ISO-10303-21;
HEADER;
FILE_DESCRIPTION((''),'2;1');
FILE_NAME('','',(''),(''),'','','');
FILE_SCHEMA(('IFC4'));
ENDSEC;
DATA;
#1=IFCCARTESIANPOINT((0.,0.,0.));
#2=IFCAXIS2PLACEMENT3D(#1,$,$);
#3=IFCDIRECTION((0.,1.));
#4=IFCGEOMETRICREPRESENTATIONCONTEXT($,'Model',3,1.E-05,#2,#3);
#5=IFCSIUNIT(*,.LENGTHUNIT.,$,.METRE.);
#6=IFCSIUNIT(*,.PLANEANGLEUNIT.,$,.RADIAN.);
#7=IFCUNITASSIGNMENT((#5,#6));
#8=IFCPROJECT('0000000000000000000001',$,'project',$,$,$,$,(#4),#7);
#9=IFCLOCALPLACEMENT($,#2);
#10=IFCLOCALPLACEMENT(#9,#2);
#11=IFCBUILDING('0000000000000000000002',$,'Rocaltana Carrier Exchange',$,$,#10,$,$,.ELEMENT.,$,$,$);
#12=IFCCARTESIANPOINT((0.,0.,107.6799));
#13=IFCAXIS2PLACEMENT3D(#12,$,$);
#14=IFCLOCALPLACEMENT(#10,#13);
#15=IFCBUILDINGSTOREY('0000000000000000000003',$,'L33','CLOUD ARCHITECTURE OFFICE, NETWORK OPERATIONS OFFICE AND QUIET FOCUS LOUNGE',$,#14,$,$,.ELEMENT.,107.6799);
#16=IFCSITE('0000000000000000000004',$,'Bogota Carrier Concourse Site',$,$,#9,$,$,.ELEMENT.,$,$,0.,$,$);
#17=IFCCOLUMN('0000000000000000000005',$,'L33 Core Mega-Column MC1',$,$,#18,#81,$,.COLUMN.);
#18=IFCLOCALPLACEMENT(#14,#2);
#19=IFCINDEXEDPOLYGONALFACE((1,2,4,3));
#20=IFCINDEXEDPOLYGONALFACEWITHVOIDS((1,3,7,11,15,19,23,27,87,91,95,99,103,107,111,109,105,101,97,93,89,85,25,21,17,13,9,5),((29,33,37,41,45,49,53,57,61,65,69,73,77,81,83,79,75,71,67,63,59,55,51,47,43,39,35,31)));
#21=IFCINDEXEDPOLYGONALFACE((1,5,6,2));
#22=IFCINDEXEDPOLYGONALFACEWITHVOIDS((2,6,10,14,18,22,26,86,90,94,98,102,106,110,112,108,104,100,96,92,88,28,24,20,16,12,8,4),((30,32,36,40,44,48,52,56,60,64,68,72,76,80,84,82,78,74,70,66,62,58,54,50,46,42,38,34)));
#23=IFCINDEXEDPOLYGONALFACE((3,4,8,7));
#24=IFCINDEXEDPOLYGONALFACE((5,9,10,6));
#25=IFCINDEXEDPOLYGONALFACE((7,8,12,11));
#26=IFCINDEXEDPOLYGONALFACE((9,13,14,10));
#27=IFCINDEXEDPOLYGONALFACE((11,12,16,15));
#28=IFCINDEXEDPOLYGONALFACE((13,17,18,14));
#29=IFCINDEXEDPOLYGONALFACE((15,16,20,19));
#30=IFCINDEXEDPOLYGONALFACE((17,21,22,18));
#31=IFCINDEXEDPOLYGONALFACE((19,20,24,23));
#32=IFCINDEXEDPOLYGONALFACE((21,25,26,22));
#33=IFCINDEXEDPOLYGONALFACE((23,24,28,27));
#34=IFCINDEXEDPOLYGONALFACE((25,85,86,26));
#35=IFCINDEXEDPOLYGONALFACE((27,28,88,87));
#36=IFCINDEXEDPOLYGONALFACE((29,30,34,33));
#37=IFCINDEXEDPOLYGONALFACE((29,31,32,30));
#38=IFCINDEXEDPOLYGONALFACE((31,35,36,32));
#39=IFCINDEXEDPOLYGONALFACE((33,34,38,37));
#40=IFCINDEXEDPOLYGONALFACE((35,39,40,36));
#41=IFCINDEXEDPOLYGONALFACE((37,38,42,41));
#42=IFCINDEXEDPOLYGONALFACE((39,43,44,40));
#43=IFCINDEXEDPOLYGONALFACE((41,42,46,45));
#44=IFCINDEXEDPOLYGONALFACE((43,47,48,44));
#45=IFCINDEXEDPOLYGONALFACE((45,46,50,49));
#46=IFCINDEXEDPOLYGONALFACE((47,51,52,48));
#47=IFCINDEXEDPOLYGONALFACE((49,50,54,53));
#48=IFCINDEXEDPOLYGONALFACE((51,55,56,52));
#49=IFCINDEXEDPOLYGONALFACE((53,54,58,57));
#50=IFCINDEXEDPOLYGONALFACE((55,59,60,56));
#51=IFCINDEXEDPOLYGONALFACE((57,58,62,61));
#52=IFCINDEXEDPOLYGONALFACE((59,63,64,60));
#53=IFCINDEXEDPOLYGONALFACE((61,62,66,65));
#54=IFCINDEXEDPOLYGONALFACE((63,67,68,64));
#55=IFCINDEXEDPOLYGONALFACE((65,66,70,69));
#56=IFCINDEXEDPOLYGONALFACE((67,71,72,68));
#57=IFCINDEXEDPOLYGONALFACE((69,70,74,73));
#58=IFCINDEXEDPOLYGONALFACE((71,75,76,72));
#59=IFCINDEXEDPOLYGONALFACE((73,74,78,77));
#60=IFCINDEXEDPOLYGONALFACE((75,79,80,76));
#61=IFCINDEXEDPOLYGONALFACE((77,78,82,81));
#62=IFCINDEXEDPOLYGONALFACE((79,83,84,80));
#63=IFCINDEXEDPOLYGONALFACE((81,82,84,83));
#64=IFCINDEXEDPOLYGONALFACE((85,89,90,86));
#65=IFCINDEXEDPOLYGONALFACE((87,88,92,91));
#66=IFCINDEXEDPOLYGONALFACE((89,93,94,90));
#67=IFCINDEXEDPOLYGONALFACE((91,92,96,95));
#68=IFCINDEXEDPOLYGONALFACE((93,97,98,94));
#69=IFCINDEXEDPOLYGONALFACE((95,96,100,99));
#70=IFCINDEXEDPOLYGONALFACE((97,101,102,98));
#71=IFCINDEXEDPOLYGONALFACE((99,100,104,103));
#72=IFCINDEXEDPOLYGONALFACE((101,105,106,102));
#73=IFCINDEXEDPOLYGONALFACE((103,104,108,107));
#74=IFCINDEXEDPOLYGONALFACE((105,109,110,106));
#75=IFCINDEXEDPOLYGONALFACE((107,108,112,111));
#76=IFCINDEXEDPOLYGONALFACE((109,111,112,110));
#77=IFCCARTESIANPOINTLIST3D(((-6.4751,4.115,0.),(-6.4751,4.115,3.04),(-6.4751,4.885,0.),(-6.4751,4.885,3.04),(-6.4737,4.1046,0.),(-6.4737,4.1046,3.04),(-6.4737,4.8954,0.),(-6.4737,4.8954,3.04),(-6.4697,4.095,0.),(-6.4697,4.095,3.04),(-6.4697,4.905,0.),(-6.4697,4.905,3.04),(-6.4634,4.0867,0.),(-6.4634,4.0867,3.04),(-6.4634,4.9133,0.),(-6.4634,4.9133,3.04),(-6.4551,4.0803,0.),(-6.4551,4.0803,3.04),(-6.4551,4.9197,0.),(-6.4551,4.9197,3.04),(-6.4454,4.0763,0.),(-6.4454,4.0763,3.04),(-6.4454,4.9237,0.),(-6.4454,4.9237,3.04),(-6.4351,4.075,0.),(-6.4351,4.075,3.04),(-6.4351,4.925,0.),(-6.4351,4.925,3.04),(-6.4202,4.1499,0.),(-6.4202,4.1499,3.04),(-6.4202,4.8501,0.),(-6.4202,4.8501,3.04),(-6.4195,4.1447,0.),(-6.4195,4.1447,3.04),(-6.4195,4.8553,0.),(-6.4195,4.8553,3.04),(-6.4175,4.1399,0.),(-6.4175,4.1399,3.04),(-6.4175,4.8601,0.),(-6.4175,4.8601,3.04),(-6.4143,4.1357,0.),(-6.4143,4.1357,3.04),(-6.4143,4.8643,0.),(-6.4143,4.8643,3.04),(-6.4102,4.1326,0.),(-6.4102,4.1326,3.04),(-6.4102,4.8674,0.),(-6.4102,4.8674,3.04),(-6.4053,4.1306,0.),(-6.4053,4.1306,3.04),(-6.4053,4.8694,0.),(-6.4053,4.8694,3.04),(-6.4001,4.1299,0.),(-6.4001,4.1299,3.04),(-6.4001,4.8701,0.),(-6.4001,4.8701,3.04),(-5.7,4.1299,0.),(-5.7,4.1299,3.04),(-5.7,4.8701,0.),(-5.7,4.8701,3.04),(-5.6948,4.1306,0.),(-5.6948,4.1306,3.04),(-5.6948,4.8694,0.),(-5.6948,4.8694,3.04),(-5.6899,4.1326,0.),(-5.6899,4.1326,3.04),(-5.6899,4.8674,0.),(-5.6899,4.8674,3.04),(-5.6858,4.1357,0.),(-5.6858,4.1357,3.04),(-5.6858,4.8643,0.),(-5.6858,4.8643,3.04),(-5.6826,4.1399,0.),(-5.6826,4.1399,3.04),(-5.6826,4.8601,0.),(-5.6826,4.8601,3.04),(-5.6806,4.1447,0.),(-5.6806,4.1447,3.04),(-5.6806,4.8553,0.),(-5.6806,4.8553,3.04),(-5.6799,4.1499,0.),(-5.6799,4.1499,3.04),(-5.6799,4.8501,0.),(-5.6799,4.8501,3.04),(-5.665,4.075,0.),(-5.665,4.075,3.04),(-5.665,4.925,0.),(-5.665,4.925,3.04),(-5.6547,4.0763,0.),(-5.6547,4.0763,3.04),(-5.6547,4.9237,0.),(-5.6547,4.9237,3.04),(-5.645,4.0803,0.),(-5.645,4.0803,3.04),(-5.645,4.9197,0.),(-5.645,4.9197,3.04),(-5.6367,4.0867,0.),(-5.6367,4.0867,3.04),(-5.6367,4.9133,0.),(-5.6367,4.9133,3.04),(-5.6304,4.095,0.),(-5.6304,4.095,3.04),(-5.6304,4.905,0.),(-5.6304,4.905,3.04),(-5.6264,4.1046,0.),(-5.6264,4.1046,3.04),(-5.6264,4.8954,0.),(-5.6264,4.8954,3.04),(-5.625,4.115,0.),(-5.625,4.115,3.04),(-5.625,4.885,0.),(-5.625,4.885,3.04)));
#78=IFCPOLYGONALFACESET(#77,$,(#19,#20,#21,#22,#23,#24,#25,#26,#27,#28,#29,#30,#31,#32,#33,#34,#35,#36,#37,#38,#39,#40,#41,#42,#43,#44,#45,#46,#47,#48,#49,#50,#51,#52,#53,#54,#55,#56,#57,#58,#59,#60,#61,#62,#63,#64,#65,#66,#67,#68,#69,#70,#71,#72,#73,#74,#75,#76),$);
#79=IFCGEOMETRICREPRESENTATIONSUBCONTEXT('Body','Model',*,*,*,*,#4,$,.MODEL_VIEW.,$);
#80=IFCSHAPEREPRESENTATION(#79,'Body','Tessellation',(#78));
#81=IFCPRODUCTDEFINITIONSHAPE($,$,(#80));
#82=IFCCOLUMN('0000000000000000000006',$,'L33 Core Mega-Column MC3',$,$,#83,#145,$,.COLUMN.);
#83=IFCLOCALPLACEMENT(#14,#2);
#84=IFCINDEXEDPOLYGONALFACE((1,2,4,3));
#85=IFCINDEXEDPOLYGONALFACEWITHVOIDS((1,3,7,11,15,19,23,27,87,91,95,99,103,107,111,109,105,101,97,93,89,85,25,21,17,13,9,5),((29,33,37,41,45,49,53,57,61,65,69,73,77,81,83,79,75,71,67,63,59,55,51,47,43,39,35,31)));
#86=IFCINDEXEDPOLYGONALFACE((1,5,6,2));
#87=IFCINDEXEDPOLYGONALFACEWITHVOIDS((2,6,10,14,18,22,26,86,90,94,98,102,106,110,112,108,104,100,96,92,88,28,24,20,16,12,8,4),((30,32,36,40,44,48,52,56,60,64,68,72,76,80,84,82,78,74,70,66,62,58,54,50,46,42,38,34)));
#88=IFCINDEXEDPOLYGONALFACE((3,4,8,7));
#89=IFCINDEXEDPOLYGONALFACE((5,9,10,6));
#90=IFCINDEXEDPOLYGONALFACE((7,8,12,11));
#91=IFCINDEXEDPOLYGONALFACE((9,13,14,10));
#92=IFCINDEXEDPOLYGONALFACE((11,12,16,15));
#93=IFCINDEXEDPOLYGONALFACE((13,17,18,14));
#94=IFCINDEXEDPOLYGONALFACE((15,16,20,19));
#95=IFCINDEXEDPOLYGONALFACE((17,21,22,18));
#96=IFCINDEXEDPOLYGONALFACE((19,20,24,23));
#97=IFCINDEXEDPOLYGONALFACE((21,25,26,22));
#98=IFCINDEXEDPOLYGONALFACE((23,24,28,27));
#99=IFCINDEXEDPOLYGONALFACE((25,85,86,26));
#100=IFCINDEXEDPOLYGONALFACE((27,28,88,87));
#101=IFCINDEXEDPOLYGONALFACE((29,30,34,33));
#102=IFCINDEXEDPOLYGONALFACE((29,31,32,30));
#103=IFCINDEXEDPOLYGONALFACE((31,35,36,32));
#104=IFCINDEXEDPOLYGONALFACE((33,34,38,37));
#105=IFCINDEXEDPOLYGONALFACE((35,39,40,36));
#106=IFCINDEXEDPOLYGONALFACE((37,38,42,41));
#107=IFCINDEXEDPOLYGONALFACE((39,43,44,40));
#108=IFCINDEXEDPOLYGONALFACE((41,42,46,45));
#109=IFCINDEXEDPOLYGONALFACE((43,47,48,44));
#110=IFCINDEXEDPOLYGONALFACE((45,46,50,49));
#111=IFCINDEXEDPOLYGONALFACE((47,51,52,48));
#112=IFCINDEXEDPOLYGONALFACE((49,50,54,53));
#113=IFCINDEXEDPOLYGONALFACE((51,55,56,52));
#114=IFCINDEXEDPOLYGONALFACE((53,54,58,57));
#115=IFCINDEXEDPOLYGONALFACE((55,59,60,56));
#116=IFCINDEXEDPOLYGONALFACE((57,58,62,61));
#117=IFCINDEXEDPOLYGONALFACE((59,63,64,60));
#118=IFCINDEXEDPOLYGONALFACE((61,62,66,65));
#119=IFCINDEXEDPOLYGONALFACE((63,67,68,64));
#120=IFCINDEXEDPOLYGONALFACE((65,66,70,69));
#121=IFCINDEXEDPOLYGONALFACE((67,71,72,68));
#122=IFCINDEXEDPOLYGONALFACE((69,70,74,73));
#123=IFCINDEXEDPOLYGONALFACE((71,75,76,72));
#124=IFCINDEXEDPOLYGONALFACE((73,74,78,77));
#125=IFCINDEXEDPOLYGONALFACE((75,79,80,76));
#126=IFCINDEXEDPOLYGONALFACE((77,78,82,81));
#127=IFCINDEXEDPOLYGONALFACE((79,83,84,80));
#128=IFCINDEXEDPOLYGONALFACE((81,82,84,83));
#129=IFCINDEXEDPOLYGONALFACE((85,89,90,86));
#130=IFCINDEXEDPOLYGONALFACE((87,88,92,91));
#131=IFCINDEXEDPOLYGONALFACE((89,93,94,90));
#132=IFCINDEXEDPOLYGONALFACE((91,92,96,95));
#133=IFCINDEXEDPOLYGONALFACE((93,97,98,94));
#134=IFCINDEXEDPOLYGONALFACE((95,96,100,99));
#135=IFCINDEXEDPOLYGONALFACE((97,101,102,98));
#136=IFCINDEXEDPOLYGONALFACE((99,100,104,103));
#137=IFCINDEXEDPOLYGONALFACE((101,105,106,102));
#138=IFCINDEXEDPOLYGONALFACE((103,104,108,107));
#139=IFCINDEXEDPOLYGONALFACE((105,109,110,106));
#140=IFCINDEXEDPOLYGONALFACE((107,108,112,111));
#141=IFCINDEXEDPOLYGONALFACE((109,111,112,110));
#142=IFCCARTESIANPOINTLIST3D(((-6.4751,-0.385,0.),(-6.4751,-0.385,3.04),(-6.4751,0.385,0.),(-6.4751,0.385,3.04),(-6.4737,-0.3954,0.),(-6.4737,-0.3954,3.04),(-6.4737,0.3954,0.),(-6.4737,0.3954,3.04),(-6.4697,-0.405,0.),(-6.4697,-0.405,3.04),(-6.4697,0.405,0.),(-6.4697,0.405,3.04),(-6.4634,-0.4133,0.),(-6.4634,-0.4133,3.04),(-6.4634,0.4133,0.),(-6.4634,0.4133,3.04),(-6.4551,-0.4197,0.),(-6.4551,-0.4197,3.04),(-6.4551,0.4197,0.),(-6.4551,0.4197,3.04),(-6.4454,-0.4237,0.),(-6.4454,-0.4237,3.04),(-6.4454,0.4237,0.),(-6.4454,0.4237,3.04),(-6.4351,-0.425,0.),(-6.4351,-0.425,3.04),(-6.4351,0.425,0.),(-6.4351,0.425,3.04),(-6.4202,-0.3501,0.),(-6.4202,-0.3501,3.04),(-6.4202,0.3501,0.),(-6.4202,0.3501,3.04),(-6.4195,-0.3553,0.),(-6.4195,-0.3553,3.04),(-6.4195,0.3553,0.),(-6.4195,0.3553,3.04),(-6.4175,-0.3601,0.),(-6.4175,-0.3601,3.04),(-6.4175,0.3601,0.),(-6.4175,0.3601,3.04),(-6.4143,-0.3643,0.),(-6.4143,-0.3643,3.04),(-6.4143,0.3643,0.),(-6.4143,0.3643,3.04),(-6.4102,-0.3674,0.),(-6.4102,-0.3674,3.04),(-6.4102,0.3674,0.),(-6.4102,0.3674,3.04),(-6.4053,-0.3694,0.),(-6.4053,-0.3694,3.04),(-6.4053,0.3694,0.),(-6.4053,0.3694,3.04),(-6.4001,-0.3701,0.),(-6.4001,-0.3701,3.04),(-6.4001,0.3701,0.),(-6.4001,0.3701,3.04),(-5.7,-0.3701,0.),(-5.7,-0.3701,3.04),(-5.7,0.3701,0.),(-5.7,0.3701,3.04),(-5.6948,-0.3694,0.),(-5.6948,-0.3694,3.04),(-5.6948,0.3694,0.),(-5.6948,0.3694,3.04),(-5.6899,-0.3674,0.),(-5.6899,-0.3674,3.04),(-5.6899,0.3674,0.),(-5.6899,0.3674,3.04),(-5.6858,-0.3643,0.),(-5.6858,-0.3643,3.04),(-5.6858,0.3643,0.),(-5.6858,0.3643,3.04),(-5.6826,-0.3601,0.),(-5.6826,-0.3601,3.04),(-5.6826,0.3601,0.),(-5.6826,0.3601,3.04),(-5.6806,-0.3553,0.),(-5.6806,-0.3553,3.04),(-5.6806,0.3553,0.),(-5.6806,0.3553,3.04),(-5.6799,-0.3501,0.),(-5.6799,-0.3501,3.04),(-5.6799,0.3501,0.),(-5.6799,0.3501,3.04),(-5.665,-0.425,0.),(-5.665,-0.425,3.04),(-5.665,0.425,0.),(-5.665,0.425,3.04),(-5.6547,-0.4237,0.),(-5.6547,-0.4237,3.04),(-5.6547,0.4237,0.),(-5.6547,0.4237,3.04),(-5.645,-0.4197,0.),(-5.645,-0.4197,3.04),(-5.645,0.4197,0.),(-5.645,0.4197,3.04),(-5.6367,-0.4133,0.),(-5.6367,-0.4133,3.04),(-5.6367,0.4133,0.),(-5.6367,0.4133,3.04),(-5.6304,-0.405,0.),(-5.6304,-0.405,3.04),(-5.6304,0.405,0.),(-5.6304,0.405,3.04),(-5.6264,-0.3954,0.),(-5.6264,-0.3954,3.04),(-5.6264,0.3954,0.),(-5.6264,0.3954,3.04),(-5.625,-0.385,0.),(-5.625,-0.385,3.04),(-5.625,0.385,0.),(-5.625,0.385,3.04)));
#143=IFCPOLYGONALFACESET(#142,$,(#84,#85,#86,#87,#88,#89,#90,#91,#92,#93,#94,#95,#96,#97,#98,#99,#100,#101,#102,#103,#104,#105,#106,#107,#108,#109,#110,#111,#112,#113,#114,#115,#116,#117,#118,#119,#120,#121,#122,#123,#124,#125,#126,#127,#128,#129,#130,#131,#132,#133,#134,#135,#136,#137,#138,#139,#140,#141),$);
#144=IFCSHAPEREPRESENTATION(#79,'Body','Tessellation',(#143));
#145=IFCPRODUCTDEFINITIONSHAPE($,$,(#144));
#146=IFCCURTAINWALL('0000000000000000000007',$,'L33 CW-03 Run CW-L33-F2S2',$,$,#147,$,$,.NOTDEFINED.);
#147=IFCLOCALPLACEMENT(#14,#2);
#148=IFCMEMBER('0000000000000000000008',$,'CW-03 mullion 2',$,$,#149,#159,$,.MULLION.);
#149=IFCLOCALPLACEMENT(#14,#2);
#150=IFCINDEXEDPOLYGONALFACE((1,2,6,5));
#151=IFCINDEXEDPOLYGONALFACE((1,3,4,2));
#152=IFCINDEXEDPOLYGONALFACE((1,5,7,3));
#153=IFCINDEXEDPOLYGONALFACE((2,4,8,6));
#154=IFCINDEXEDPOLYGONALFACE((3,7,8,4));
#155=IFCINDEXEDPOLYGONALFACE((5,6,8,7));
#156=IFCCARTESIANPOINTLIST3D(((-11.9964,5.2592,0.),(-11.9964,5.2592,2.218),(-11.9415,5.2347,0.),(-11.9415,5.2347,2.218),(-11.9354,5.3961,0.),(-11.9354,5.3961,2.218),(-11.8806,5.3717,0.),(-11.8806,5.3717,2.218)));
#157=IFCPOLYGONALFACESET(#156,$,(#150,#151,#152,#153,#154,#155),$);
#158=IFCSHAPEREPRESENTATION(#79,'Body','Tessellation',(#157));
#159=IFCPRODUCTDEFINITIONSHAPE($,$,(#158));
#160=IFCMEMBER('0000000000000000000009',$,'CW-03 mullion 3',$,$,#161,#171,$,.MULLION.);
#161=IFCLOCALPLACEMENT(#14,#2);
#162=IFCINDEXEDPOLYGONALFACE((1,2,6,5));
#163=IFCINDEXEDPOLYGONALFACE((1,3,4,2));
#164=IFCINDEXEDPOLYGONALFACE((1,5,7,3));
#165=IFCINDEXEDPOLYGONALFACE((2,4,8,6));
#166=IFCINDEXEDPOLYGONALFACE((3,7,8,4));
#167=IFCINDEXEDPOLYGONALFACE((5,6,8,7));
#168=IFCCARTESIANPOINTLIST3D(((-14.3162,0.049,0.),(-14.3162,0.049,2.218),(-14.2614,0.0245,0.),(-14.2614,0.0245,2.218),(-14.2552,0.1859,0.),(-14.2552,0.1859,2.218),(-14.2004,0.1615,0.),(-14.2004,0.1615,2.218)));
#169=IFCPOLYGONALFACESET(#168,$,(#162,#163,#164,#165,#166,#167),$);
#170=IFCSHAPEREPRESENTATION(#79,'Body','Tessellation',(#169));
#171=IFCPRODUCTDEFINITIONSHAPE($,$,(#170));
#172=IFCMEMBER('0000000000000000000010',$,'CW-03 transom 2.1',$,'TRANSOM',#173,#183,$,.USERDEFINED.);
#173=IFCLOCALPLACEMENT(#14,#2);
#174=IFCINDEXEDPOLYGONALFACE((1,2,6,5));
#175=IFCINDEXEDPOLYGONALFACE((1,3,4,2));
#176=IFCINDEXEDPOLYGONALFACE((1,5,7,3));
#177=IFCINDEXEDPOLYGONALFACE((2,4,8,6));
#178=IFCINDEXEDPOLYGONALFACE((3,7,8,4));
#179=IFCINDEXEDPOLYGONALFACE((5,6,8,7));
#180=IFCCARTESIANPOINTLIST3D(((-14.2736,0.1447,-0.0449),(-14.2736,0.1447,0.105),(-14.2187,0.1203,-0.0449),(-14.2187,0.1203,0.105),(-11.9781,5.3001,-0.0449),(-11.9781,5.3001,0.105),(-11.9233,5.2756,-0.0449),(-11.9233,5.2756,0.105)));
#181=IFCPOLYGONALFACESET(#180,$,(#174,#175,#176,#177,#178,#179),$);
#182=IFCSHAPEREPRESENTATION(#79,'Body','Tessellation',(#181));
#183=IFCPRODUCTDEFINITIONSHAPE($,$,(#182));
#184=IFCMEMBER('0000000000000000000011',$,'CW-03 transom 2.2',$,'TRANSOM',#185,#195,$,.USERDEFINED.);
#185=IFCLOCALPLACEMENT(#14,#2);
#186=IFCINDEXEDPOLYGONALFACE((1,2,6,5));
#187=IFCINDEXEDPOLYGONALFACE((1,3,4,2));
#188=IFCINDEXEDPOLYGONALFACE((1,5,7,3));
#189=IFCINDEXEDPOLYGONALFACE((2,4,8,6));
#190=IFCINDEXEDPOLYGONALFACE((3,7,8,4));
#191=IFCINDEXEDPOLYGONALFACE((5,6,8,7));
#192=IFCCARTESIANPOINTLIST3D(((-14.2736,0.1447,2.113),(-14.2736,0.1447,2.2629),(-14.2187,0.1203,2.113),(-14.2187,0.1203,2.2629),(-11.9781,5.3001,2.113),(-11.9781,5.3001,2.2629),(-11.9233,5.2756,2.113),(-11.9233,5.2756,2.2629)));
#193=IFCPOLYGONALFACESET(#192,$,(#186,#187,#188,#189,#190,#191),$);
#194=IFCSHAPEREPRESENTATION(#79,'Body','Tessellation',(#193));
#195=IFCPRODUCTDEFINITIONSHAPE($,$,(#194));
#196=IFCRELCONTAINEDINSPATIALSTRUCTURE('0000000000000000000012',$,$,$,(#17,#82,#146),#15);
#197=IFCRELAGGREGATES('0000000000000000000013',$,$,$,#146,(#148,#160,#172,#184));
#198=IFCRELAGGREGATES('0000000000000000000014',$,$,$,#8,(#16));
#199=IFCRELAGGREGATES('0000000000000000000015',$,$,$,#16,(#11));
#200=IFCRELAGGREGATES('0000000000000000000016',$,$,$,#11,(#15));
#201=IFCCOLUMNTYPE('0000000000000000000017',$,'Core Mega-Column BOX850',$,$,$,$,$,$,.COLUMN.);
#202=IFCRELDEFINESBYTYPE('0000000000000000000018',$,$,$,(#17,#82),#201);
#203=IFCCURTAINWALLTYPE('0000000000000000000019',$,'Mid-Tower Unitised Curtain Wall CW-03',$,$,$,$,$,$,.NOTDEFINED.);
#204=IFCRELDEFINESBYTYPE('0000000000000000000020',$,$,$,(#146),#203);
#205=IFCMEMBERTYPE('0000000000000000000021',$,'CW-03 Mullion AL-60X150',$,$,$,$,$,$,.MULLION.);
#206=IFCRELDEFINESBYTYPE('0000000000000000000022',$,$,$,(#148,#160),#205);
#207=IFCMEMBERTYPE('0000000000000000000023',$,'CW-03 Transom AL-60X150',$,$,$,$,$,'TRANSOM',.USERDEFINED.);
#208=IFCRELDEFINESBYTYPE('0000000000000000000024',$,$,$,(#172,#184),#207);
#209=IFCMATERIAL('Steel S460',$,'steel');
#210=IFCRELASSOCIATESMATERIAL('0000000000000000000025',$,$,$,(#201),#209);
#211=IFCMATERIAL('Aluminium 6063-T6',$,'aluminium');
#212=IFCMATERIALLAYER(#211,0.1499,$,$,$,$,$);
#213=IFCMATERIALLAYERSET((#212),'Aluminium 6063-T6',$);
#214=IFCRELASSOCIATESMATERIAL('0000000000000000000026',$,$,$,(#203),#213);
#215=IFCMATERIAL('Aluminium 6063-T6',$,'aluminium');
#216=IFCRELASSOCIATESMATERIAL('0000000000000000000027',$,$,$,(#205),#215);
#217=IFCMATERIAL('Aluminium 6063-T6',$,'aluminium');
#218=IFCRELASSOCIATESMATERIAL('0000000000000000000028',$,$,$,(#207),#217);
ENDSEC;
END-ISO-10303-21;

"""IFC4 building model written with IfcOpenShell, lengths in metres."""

from ifc_helpers import new_model, si_unit, direction, frame, origin, origin_2d, place, context, subcontext, project, spatial, rectangle, hollow_rectangle, extrude, material, layer, layer_set, material_profile, profile_set, type_object, element, aggregate, save


model = new_model("IFC4")

# Units and contexts
model_context = context("Model", 3, precision=1e-05, world=origin(), true_north=direction((0.0, 1.0)))
body_context = subcontext(model_context, "Body", "Model", "MODEL_VIEW")
ifc_project = project(units=[si_unit("LENGTHUNIT", "METRE"), si_unit("PLANEANGLEUNIT", "RADIAN")], contexts=[model_context])

# Site, building, storey
site_placement = place(None, origin())
site = spatial("IfcSite", under=ifc_project, at=site_placement, Name="Bogota Carrier Concourse Site", CompositionType="ELEMENT", RefElevation=0.0)
building_placement = place(site_placement, origin())
building = spatial("IfcBuilding", under=site, at=building_placement, Name="Rocaltana Carrier Exchange", CompositionType="ELEMENT")
storey_placement = place(building_placement, frame((0.0, 0.0, 107.6799)))
storey = spatial("IfcBuildingStorey", under=building, at=storey_placement, Name="L33", Description="CLOUD ARCHITECTURE OFFICE, NETWORK OPERATIONS OFFICE AND QUIET FOCUS LOUNGE", CompositionType="ELEMENT", Elevation=107.6799)

# Columns
ifc_material_1 = material(Name="Steel S460", Category="steel")
ifc_material_profile_1 = material_profile(ifc_material_1, hollow_rectangle(XDim=0.8501, YDim=0.8501, WallThickness=0.0549, InnerFilletRadius=0.02, OuterFilletRadius=0.04, at=origin_2d()), Name="BOX850X850X55")
ifc_profile_set_1 = profile_set([ifc_material_profile_1], Name="Steel S460")
column_type = type_object("IfcColumnType", Name="Core Mega-Column BOX850", PredefinedType="COLUMN", material=ifc_profile_set_1)
for number, where, z_axis, x_axis, name in (
    (1, (-6.05, 4.5, 0.0), (0.0, 0.0, 1.0), (1.0, 0.0, 0.0), "L33 Core Mega-Column MC1"),
    (2, (-6.05, 0.0, 0.0), (0.0, 0.0, 1.0), (1.0, 0.0, 0.0), "L33 Core Mega-Column MC3"),
):
    element("IfcColumn", number, at=place(storey_placement, frame(where, z_axis=z_axis, x_axis=x_axis)), inside=storey, type_object=column_type, Name=name, PredefinedType="COLUMN", context=body_context, shape_type="SweptSolid", body=[
        extrude(hollow_rectangle(XDim=0.8501, YDim=0.8501, WallThickness=0.0549, InnerFilletRadius=0.02, OuterFilletRadius=0.04, at=origin_2d()), origin(), (0.0, 0.0, 1.0), 3.04),
    ])

# Curtain wall, members
ifc_material_2 = material(Name="Aluminium 6063-T6", Category="aluminium")
ifc_layer_1 = layer(ifc_material_2, 0.1499)
ifc_layer_set_1 = layer_set([ifc_layer_1], Name="Aluminium 6063-T6")
curtain_wall_type = type_object("IfcCurtainWallType", Name="Mid-Tower Unitised Curtain Wall CW-03", PredefinedType="NOTDEFINED", material=ifc_layer_set_1)
curtain_wall_placement = place(storey_placement, origin())
curtain_wall = element("IfcCurtainWall", 3, at=curtain_wall_placement, inside=storey, type_object=curtain_wall_type, Name="L33 CW-03 Run CW-L33-F2S2", PredefinedType="NOTDEFINED")
ifc_material_3 = material(Name="Aluminium 6063-T6", Category="aluminium")
ifc_material_profile_2 = material_profile(ifc_material_3, rectangle(XDim=0.0601, YDim=0.1499, at=origin_2d()), Name="AL-60X150")
ifc_profile_set_2 = profile_set([ifc_material_profile_2], Name="Aluminium 6063-T6")
member_type_1 = type_object("IfcMemberType", Name="CW-03 Mullion AL-60X150", PredefinedType="MULLION", material=ifc_profile_set_2)
member_1_placement = place(storey_placement, frame((-11.9385, 5.3154, 0.0), z_axis=(0.0, 0.0, 1.0), x_axis=(0.913542, -0.406744, 0.0)))
member_1 = element("IfcMember", 4, at=member_1_placement, type_object=member_type_1, Name="CW-03 mullion 2", PredefinedType="MULLION", context=body_context, shape_type="SweptSolid", body=[
    extrude(rectangle(XDim=0.0601, YDim=0.1499, at=origin_2d()), origin(), (0.0, 0.0, 1.0), 2.218),
])
member_2_placement = place(storey_placement, frame((-14.2583, 0.1052, 0.0), z_axis=(0.0, 0.0, 1.0), x_axis=(0.913542, -0.406744, 0.0)))
member_2 = element("IfcMember", 5, at=member_2_placement, type_object=member_type_1, Name="CW-03 mullion 3", PredefinedType="MULLION", context=body_context, shape_type="SweptSolid", body=[
    extrude(rectangle(XDim=0.0601, YDim=0.1499, at=origin_2d()), origin(), (0.0, 0.0, 1.0), 2.218),
])
ifc_material_4 = material(Name="Aluminium 6063-T6", Category="aluminium")
ifc_material_profile_3 = material_profile(ifc_material_4, rectangle(XDim=0.0601, YDim=0.1499, at=origin_2d()), Name="AL-60X150")
ifc_profile_set_3 = profile_set([ifc_material_profile_3], Name="Aluminium 6063-T6")
member_type_2 = type_object("IfcMemberType", Name="CW-03 Transom AL-60X150", ElementType="TRANSOM", PredefinedType="USERDEFINED", material=ifc_profile_set_3)
member_3_placement = place(storey_placement, frame((-11.9507, 5.2878, 0.03), z_axis=(-0.406757, -0.913537, 0.0), x_axis=(0.913537, -0.406757, 0.0)))
member_3 = element("IfcMember", 6, at=member_3_placement, type_object=member_type_2, Name="CW-03 transom 2.1", ObjectType="TRANSOM", PredefinedType="USERDEFINED", context=body_context, shape_type="SweptSolid", body=[
    extrude(rectangle(XDim=0.0601, YDim=0.1499, at=origin_2d()), origin(), (0.0, 0.0, 1.0), 5.6433),
])
member_4_placement = place(storey_placement, frame((-11.9507, 5.2878, 2.188), z_axis=(-0.406757, -0.913537, 0.0), x_axis=(0.913537, -0.406757, 0.0)))
member_4 = element("IfcMember", 7, at=member_4_placement, type_object=member_type_2, Name="CW-03 transom 2.2", ObjectType="TRANSOM", PredefinedType="USERDEFINED", context=body_context, shape_type="SweptSolid", body=[
    extrude(rectangle(XDim=0.0601, YDim=0.1499, at=origin_2d()), origin(), (0.0, 0.0, 1.0), 5.6433),
])

aggregate(curtain_wall, [member_1, member_2, member_3, member_4])

save(model, "model.ifc")
